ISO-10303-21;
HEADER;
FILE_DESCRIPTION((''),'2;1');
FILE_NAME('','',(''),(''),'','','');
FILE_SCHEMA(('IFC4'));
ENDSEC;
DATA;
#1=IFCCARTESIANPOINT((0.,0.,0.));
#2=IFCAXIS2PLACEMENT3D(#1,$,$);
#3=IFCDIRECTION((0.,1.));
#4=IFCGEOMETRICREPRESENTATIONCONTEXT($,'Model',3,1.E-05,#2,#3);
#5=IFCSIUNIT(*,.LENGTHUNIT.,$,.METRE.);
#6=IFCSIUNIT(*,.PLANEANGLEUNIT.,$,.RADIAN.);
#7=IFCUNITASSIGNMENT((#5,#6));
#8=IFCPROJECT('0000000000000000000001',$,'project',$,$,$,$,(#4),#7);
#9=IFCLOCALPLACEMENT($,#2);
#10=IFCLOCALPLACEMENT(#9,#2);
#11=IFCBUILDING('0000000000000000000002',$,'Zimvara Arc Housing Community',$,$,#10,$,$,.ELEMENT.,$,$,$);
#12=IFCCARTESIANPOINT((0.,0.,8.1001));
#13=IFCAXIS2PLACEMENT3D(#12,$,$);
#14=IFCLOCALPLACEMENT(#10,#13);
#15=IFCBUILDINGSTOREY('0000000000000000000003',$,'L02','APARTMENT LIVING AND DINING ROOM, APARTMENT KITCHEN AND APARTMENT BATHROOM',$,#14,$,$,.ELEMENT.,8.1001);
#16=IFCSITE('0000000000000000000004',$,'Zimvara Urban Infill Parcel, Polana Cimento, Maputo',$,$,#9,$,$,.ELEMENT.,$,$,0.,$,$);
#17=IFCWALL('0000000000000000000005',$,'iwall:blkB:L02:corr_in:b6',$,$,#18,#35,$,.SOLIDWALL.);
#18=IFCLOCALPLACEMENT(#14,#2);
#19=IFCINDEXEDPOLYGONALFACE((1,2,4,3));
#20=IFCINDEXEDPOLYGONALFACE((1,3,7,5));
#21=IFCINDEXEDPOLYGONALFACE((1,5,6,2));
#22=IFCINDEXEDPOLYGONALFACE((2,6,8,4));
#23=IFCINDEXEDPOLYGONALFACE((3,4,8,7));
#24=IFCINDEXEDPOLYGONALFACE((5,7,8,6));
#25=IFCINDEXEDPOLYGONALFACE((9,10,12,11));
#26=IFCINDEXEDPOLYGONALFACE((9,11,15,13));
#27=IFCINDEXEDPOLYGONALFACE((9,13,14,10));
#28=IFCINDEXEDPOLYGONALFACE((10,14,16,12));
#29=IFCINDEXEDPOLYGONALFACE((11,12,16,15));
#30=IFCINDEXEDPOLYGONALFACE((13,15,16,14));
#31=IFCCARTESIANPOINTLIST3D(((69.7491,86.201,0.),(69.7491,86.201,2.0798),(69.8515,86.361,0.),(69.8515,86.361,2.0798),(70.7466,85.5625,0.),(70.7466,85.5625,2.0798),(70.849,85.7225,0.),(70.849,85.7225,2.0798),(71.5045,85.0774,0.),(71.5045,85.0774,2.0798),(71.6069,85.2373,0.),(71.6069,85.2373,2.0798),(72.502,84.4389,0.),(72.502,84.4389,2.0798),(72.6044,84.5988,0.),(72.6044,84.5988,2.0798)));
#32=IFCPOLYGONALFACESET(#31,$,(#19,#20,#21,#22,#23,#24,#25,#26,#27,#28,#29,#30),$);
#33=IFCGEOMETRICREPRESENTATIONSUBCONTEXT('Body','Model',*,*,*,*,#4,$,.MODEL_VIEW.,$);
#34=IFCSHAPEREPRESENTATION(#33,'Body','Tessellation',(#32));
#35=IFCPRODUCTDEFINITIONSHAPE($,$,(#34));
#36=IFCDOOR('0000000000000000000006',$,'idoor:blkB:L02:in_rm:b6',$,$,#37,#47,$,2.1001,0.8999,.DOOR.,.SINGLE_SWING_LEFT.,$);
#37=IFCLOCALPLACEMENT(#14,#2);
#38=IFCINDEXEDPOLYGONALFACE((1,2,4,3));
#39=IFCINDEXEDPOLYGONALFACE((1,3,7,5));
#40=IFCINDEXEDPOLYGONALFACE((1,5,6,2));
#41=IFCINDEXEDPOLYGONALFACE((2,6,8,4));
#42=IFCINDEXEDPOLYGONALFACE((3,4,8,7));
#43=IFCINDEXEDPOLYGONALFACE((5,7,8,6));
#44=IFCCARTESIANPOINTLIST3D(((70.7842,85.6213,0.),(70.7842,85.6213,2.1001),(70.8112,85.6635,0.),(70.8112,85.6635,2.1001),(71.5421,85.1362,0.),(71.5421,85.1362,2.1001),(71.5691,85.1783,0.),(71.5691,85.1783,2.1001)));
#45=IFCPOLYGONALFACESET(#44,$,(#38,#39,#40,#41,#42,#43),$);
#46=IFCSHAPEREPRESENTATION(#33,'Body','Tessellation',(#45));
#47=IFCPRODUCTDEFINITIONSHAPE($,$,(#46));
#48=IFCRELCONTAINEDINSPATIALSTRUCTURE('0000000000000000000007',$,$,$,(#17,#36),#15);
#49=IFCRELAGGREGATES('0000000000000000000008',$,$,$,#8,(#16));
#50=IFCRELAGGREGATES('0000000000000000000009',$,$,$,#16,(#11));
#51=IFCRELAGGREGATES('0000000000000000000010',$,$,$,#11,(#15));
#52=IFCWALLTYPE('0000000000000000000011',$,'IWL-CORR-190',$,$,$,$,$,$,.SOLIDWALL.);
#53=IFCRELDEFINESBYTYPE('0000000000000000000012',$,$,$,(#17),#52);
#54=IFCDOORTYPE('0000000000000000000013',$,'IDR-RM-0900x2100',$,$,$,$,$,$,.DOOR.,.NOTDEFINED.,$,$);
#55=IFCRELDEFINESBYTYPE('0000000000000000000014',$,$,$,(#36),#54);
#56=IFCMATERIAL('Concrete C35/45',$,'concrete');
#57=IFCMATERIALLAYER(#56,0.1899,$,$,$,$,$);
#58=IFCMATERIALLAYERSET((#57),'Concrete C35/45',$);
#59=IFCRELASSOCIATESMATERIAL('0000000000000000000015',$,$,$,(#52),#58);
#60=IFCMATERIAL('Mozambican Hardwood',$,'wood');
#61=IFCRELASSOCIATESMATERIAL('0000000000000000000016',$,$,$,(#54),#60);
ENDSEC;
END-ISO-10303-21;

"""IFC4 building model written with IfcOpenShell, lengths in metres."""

from ifc_helpers import new_model, si_unit, direction, frame, frame_2d, origin, place, context, subcontext, project, spatial, rectangle, extrude, material, layer, layer_set, type_object, element, fill, save


model = new_model("IFC4")

# Units and contexts
model_context = context("Model", 3, precision=1e-05, world=origin(), true_north=direction((0.0, 1.0)))
body_context = subcontext(model_context, "Body", "Model", "MODEL_VIEW")
ifc_project = project(units=[si_unit("LENGTHUNIT", "METRE"), si_unit("PLANEANGLEUNIT", "RADIAN")], contexts=[model_context])

# Site, building, storey
site_placement = place(None, origin())
site = spatial("IfcSite", under=ifc_project, at=site_placement, Name="Zimvara Urban Infill Parcel, Polana Cimento, Maputo", CompositionType="ELEMENT", RefElevation=0.0)
building_placement = place(site_placement, origin())
building = spatial("IfcBuilding", under=site, at=building_placement, Name="Zimvara Arc Housing Community", CompositionType="ELEMENT")
storey_placement = place(building_placement, frame((0.0, 0.0, 8.1001)))
storey = spatial("IfcBuildingStorey", under=building, at=storey_placement, Name="L02", Description="APARTMENT LIVING AND DINING ROOM, APARTMENT KITCHEN AND APARTMENT BATHROOM", CompositionType="ELEMENT", Elevation=8.1001)

# Wall, opening, door
ifc_material_1 = material(Name="Concrete C35/45", Category="concrete")
ifc_layer_1 = layer(ifc_material_1, 0.1899)
ifc_layer_set_1 = layer_set([ifc_layer_1], Name="Concrete C35/45")
wall_type = type_object("IfcWallType", Name="IWL-CORR-190", PredefinedType="SOLIDWALL", material=ifc_layer_set_1)
wall_1_placement = place(storey_placement, frame((69.8003, 86.281, 0.0), z_axis=(0.0, 0.0, 1.0), x_axis=(0.842225, -0.539126, 0.0)))
wall_1 = element("IfcWall", 1, at=wall_1_placement, inside=storey, type_object=wall_type, Name="iwall:blkB:L02:corr_in:b6", PredefinedType="SOLIDWALL", context=body_context, shape_type="SweptSolid", body=[
    extrude(rectangle(XDim=3.2686, YDim=0.1899, at=frame_2d((1.6343, 0.0))), origin(), (0.0, 0.0, 1.0), 2.0798),
])
opening_1_placement = place(wall_1_placement, frame((1.1843, 0.0, 0.0)))
opening_1 = element("IfcOpeningElement", 2, at=opening_1_placement, cuts=wall_1, PredefinedType="OPENING", context=body_context, shape_type="SweptSolid", body=[
    extrude(rectangle(XDim=0.8999, YDim=2.1001, at=frame_2d((0.45, 1.05))), frame((0.0, 0.105, 0.0), z_axis=(0.0, -1.0, 0.0), x_axis=(1.0, 0.0, 0.0)), (0.0, 0.0, 1.0), 0.21),
])
ifc_material_2 = material(Name="Mozambican Hardwood", Category="wood")
door_type_1 = type_object("IfcDoorType", Name="IDR-RM-0900x2100", OperationType="NOTDEFINED", PredefinedType="DOOR", material=ifc_material_2)
door_1_placement = place(opening_1_placement, origin())
door_1 = element("IfcDoor", 3, at=door_1_placement, inside=storey, type_object=door_type_1, Name="idoor:blkB:L02:in_rm:b6", OperationType="SINGLE_SWING_LEFT", OverallHeight=2.1001, OverallWidth=0.8999, PredefinedType="DOOR", context=body_context, shape_type="SweptSolid", body=[
    extrude(rectangle(XDim=0.8999, YDim=2.1001, at=frame_2d((0.45, 1.05))), frame((0.0, 0.0249, 0.0), z_axis=(0.0, -1.0, 0.0), x_axis=(1.0, 0.0, 0.0)), (0.0, 0.0, 1.0), 0.05),
])
fill(opening_1, door_1)

save(model, "model.ifc")
